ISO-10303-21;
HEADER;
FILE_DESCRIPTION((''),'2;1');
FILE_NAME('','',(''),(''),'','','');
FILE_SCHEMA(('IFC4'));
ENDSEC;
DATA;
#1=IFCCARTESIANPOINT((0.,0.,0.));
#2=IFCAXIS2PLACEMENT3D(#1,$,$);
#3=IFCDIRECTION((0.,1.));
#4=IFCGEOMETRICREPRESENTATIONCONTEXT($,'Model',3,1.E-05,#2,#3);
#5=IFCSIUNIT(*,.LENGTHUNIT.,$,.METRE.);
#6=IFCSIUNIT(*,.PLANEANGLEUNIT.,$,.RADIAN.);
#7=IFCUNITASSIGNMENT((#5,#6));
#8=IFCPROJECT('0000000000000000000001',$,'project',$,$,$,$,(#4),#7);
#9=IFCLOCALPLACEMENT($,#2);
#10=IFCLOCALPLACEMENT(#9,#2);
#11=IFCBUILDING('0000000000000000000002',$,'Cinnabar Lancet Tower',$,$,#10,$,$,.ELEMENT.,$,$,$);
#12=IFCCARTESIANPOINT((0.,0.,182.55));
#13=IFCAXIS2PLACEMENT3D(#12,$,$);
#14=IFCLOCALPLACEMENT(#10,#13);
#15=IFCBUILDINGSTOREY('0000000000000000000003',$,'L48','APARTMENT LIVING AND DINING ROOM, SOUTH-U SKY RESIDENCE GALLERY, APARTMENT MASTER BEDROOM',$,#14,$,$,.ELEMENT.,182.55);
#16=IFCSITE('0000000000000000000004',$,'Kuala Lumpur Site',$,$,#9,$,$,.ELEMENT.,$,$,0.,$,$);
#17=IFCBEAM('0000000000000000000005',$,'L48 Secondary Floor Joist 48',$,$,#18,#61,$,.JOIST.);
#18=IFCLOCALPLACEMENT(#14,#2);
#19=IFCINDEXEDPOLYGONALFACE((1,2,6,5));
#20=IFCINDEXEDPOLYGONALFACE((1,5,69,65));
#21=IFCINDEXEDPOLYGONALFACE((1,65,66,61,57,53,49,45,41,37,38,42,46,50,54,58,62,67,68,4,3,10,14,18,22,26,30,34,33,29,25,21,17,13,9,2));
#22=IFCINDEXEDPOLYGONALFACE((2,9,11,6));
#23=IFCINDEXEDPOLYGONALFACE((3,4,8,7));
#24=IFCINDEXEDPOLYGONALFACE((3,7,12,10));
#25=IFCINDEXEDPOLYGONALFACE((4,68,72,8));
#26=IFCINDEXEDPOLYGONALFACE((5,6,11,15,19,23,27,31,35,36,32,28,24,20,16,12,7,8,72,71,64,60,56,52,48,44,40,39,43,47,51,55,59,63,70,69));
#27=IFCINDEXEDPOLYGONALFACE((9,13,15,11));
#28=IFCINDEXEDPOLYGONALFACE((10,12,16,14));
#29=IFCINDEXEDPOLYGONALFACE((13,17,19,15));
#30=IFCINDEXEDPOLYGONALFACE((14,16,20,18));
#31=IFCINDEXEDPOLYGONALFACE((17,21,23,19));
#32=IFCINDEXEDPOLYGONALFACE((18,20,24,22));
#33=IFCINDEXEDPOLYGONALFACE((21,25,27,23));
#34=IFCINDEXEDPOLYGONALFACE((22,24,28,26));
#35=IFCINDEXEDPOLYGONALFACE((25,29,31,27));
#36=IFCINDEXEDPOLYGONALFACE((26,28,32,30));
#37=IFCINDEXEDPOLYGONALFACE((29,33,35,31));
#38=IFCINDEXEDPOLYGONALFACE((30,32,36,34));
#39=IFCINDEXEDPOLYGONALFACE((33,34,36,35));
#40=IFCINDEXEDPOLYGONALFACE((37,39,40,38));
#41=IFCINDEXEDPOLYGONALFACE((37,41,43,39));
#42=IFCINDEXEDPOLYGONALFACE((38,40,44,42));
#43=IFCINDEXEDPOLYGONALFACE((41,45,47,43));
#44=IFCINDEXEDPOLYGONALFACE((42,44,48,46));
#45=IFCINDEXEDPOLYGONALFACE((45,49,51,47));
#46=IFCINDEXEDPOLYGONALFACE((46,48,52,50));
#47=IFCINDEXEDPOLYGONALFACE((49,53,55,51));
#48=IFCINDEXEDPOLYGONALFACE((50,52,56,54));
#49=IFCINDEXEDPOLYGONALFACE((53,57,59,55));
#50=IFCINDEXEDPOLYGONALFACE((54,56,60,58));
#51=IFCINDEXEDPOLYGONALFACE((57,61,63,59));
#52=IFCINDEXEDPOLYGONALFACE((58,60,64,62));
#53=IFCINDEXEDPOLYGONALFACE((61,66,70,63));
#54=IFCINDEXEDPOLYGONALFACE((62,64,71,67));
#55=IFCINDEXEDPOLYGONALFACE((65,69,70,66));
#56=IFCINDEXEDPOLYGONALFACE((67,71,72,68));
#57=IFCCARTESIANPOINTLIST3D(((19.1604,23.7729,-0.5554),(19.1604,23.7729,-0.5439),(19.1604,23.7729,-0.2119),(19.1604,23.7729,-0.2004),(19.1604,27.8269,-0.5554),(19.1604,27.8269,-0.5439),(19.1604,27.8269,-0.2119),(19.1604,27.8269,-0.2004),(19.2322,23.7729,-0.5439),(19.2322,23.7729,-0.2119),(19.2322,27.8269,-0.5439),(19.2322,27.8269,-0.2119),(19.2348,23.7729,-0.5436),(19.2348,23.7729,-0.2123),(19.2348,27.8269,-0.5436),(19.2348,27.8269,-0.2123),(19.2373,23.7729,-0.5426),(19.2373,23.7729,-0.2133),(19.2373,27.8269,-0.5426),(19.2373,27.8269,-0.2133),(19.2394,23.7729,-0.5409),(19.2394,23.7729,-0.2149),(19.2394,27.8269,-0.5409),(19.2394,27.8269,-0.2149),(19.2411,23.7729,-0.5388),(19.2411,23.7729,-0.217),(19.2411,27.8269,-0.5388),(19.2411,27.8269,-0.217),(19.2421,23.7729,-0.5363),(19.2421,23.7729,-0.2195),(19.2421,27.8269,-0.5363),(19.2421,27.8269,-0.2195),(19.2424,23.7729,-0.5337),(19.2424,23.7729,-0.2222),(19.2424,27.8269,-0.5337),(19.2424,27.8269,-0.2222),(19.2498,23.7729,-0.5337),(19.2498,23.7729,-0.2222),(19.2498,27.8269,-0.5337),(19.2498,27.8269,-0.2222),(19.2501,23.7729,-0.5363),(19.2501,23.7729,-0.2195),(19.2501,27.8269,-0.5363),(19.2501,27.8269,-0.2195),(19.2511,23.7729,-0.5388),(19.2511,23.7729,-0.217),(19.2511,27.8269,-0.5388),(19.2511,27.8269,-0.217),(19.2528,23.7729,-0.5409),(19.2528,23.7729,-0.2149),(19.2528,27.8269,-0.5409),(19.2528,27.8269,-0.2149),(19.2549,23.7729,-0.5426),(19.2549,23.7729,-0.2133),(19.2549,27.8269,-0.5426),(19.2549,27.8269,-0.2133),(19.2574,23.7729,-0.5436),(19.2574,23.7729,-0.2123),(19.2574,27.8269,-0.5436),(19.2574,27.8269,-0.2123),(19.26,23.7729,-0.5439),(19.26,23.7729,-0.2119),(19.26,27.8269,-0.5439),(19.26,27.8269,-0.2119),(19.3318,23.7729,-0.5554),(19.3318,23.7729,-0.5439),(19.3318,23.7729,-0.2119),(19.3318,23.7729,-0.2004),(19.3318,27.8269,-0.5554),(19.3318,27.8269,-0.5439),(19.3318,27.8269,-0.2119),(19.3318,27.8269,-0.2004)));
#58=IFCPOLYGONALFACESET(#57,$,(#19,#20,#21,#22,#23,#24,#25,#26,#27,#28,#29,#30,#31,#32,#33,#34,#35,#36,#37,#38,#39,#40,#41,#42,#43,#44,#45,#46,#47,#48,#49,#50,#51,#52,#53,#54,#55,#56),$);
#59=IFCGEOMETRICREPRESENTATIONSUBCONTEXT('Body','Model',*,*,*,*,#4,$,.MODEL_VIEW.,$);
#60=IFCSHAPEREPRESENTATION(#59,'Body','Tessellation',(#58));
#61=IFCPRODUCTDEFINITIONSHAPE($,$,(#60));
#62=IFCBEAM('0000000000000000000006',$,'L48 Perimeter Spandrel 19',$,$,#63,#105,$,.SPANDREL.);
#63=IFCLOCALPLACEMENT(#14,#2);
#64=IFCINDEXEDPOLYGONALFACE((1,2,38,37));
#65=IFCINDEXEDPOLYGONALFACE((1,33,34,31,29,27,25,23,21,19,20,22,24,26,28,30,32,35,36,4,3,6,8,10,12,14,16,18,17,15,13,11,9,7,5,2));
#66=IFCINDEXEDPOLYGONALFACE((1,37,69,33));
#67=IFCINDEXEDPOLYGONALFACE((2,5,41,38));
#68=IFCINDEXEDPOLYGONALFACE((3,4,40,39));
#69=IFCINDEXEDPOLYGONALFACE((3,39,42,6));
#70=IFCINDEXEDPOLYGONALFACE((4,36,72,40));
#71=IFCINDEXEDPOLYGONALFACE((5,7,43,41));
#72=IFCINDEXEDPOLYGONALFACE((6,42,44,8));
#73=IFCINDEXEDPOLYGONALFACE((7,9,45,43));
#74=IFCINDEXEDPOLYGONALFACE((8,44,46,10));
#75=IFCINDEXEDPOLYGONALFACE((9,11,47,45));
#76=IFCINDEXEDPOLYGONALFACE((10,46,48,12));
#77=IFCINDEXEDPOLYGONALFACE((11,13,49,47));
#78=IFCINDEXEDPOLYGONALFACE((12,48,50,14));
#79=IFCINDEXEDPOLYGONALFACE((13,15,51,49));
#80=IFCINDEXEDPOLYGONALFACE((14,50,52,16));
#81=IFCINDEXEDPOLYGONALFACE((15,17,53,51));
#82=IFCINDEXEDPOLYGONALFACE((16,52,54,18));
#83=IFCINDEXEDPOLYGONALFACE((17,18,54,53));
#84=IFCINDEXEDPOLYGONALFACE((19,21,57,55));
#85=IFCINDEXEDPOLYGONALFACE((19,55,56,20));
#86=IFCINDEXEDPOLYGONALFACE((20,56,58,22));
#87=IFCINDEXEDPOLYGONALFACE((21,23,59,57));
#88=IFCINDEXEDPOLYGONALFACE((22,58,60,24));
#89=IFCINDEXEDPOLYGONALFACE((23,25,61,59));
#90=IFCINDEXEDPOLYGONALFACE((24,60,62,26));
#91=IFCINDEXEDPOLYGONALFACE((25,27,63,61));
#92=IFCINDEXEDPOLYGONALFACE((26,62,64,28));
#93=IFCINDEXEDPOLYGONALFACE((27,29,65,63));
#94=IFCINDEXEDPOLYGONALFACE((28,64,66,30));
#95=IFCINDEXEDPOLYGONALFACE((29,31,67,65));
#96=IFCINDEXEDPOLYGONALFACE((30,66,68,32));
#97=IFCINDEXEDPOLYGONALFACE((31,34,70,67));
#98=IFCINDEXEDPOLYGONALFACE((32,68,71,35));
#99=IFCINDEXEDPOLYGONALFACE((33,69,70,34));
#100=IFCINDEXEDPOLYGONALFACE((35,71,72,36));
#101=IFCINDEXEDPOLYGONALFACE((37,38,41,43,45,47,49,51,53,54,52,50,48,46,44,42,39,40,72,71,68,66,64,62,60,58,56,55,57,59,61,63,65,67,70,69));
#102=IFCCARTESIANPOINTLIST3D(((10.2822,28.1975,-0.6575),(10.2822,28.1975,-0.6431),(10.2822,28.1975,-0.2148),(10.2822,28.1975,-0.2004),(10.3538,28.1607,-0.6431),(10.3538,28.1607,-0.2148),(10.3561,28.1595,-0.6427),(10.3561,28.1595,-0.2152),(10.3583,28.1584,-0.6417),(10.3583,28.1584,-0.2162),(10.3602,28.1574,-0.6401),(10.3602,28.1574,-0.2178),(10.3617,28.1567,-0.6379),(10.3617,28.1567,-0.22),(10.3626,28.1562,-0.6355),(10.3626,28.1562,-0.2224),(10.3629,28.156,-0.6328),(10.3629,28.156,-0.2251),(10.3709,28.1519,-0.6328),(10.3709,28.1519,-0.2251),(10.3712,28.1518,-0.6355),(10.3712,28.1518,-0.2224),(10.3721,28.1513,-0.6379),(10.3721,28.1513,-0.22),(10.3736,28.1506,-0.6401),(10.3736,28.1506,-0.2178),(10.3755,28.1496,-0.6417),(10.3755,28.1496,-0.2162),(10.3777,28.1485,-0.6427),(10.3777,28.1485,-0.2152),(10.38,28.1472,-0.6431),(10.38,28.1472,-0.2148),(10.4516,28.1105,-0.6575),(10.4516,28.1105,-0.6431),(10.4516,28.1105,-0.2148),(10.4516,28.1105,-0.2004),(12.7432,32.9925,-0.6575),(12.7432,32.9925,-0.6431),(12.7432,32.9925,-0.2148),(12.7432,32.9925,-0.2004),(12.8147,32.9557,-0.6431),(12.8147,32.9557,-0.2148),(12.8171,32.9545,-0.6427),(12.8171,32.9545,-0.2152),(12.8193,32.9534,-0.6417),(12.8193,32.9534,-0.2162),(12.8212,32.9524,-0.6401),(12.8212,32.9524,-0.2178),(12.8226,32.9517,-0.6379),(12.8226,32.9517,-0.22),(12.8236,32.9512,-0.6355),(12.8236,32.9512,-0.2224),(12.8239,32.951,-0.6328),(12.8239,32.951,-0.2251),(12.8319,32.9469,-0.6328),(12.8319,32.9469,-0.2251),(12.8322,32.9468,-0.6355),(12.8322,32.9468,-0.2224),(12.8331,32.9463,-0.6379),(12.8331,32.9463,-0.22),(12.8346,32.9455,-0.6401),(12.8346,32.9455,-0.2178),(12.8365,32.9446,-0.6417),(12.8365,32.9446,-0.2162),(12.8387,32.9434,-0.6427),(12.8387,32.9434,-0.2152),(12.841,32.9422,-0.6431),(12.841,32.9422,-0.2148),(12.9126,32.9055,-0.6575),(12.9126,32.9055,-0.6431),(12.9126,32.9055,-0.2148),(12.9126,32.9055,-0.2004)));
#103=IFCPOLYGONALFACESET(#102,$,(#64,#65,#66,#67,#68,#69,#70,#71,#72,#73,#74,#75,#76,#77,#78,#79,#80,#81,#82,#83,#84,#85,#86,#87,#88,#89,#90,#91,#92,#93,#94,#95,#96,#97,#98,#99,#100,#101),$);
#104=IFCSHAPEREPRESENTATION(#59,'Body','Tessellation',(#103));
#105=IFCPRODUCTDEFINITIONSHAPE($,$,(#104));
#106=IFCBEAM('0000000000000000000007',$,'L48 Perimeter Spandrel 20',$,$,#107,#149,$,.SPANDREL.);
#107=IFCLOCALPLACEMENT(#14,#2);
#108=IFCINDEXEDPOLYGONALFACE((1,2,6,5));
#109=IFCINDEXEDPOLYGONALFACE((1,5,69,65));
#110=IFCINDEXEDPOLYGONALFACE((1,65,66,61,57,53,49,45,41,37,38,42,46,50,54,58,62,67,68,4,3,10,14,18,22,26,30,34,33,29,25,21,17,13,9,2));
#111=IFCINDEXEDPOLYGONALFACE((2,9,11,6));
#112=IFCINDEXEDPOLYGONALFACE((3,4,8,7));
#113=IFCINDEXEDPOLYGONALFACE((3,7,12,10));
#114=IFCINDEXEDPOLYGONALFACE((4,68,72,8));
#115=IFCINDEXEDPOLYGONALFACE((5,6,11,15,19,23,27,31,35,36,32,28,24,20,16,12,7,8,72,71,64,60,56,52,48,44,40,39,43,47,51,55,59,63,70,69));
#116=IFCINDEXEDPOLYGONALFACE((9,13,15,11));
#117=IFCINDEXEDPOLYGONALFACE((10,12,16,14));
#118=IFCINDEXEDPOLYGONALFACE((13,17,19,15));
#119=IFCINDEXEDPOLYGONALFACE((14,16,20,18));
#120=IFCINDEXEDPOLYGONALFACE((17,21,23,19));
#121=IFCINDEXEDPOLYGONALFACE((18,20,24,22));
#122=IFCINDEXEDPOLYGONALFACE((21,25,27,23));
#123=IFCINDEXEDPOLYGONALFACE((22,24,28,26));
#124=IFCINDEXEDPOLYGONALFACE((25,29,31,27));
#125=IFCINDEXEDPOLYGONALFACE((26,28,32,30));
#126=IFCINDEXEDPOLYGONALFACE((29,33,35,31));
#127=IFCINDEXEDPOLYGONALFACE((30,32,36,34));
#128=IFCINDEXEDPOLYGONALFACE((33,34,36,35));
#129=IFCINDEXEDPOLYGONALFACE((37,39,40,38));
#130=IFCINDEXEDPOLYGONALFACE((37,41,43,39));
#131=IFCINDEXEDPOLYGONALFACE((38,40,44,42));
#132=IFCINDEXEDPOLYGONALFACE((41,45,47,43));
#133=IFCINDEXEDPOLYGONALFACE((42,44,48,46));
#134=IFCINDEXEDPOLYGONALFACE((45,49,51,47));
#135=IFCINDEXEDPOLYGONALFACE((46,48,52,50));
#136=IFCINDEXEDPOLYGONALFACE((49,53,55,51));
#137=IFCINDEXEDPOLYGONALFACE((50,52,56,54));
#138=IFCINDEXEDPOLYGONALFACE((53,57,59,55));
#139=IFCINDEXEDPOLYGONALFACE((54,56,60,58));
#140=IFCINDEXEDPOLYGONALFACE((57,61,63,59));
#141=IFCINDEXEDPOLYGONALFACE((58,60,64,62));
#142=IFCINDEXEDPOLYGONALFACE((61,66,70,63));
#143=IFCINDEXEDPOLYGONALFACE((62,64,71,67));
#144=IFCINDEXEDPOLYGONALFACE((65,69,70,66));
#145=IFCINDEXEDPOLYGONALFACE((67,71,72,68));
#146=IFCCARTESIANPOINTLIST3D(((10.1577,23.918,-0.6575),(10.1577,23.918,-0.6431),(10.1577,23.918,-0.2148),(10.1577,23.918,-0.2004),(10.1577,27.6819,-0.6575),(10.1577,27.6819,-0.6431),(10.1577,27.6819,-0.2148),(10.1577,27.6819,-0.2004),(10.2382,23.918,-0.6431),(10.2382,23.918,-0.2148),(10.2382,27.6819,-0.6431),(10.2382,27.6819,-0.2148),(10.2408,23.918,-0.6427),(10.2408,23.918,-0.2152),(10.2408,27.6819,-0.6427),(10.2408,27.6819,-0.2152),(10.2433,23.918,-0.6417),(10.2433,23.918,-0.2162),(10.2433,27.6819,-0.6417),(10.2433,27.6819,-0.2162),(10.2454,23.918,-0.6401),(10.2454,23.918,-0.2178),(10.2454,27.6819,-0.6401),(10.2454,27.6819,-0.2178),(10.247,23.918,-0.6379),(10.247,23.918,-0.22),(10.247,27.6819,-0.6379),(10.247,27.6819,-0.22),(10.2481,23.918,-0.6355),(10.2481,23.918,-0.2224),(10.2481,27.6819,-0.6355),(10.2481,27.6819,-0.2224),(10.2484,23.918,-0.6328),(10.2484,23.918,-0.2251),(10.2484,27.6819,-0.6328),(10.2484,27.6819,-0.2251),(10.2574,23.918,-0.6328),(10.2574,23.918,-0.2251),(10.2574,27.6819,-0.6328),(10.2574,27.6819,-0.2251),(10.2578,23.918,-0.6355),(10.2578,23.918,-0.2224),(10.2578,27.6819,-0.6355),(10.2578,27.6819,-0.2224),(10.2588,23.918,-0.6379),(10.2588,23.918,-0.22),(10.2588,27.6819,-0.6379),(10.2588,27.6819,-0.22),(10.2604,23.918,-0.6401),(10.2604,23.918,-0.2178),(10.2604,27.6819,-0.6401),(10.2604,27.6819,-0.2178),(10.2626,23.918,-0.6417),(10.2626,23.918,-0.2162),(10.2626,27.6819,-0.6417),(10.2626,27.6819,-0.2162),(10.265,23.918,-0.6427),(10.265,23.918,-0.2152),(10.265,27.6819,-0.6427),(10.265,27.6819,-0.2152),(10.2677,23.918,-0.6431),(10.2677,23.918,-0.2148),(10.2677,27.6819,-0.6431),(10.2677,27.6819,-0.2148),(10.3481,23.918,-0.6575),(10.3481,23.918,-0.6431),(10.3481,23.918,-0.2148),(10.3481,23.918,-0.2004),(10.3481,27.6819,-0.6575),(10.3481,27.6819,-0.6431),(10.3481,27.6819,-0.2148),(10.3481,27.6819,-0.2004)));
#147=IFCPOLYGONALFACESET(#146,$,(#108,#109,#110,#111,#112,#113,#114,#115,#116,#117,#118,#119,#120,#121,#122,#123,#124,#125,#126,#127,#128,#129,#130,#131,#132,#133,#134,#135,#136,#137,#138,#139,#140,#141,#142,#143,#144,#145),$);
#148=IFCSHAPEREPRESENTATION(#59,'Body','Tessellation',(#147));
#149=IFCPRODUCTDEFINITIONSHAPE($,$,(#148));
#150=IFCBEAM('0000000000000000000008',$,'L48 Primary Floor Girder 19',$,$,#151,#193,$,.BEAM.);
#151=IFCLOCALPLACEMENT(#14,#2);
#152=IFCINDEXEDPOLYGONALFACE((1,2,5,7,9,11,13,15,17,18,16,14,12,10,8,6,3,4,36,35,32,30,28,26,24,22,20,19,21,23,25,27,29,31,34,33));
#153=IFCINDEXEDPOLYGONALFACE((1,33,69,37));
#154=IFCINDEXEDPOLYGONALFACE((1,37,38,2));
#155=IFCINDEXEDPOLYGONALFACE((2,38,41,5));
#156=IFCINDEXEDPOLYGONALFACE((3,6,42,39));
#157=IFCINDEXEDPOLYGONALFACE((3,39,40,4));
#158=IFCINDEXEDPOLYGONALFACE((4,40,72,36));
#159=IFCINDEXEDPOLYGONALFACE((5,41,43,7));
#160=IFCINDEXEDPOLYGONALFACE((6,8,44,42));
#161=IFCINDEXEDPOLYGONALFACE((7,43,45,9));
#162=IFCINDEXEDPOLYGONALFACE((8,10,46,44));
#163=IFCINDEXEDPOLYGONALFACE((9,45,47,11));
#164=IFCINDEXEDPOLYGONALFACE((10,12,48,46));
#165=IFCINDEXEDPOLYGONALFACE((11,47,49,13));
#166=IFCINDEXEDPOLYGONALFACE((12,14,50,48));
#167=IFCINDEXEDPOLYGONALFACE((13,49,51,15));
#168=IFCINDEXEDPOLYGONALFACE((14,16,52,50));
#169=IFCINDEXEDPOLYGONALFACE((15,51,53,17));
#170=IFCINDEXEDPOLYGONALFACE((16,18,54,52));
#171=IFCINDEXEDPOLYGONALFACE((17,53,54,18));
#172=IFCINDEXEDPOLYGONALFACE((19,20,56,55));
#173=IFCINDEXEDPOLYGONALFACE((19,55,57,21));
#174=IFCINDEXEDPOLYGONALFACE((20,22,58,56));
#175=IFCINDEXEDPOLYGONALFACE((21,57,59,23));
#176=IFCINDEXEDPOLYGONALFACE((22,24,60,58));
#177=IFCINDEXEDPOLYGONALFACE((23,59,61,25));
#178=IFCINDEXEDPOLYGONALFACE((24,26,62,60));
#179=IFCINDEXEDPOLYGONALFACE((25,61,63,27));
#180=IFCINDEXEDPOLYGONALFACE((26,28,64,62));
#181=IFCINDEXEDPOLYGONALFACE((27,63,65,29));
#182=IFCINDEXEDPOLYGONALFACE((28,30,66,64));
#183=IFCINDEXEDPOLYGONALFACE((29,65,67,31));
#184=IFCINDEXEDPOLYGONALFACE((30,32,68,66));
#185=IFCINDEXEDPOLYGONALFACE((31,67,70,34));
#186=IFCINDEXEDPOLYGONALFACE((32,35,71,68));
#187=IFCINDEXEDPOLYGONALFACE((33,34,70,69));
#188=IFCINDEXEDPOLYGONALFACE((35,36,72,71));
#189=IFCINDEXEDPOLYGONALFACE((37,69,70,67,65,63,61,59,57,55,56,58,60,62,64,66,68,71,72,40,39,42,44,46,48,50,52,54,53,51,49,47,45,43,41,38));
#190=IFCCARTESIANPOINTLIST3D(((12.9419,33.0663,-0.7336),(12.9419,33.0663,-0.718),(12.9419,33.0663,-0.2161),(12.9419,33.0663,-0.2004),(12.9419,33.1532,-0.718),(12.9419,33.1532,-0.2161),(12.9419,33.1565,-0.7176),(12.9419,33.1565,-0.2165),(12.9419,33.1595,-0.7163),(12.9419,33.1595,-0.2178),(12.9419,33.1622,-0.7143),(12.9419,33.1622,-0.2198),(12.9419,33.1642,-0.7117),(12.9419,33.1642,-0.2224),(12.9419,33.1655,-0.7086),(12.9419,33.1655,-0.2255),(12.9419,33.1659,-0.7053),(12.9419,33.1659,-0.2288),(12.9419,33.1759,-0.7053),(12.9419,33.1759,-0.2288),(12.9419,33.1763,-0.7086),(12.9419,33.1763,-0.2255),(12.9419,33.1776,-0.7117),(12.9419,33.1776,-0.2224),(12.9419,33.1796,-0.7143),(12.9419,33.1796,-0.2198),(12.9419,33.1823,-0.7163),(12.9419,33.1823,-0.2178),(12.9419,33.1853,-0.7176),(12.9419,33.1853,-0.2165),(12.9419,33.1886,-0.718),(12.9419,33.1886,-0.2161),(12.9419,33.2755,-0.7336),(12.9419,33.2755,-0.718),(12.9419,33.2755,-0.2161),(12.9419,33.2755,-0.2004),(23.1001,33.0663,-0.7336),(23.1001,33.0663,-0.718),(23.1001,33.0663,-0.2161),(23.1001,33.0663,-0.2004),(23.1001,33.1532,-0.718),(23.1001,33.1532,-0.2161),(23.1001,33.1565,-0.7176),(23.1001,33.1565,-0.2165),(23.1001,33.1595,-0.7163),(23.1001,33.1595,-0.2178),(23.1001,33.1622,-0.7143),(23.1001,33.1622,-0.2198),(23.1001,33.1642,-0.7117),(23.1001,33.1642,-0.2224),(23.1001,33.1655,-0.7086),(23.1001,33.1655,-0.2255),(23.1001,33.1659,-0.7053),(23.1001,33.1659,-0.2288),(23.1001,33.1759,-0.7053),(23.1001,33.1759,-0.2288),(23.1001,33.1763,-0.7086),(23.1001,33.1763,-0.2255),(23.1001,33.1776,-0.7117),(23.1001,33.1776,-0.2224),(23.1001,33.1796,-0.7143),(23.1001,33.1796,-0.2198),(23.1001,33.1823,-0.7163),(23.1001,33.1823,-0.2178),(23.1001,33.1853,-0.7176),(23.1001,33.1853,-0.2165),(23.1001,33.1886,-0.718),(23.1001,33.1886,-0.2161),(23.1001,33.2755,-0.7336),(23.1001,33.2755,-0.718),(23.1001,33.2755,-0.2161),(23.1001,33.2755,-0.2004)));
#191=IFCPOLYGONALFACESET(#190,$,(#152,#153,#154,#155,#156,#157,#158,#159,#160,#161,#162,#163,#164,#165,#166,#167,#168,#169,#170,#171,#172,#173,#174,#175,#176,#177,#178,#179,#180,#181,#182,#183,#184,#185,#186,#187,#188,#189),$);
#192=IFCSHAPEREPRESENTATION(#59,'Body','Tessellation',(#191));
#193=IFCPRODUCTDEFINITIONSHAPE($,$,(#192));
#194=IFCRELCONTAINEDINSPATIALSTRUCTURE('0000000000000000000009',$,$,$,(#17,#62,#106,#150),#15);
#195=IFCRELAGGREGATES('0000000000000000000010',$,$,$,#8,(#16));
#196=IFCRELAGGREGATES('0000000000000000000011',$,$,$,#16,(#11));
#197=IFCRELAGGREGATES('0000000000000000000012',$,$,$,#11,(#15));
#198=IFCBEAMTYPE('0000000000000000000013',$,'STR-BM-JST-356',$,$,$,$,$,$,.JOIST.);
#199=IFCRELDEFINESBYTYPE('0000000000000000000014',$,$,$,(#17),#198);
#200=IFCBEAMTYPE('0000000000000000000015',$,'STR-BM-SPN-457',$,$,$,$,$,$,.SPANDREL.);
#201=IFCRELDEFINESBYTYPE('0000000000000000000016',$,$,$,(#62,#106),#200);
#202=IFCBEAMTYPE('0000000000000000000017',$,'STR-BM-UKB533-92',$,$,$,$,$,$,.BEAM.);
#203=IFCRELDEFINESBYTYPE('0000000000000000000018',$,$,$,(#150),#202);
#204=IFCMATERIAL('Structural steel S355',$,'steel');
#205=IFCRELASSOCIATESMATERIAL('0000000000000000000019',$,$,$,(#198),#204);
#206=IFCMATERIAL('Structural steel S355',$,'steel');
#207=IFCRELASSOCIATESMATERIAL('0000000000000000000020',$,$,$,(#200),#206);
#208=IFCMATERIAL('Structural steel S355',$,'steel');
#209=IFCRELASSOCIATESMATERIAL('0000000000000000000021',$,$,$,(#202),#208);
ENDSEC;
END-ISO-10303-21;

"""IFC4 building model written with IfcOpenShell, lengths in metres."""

from ifc_helpers import new_model, si_unit, direction, frame, origin, origin_2d, place, context, subcontext, project, spatial, i_section, extrude, material, material_profile, profile_set, type_object, element, save


model = new_model("IFC4")

# Units and contexts
model_context = context("Model", 3, precision=1e-05, world=origin(), true_north=direction((0.0, 1.0)))
body_context = subcontext(model_context, "Body", "Model", "MODEL_VIEW")
ifc_project = project(units=[si_unit("LENGTHUNIT", "METRE"), si_unit("PLANEANGLEUNIT", "RADIAN")], contexts=[model_context])

# Site, building, storey
site_placement = place(None, origin())
site = spatial("IfcSite", under=ifc_project, at=site_placement, Name="Kuala Lumpur Site", CompositionType="ELEMENT", RefElevation=0.0)
building_placement = place(site_placement, origin())
building = spatial("IfcBuilding", under=site, at=building_placement, Name="Cinnabar Lancet Tower", CompositionType="ELEMENT")
storey_placement = place(building_placement, frame((0.0, 0.0, 182.55)))
storey = spatial("IfcBuildingStorey", under=building, at=storey_placement, Name="L48", Description="APARTMENT LIVING AND DINING ROOM, SOUTH-U SKY RESIDENCE GALLERY, APARTMENT MASTER BEDROOM", CompositionType="ELEMENT", Elevation=182.55)

# Beams
ifc_material_1 = material(Name="Structural steel S355", Category="steel")
ifc_material_profile_1 = material_profile(ifc_material_1, i_section(OverallWidth=0.1714, OverallDepth=0.355, WebThickness=0.0073, FlangeThickness=0.0115, FilletRadius=0.0103, at=origin_2d()), Name="UKB 356x171x51")
ifc_profile_set_1 = profile_set([ifc_material_profile_1], Name="Structural steel S355")
beam_type_1 = type_object("IfcBeamType", Name="STR-BM-JST-356", PredefinedType="JOIST", material=ifc_profile_set_1)
for number, where, z_axis, x_axis, name in (
    (1, (19.2461, 27.8269, -0.3779), (0.0, -1.0, 0.0), (1.0, 0.0, 0.0), "L48 Secondary Floor Joist 48"),
):
    element("IfcBeam", number, at=place(storey_placement, frame(where, z_axis=z_axis, x_axis=x_axis)), inside=storey, type_object=beam_type_1, Name=name, PredefinedType="JOIST", context=body_context, shape_type="SweptSolid", body=[
        extrude(i_section(OverallWidth=0.1714, OverallDepth=0.355, WebThickness=0.0073, FlangeThickness=0.0115, FilletRadius=0.0103, at=origin_2d()), origin(), (0.0, 0.0, 1.0), 4.054),
    ])
ifc_material_2 = material(Name="Structural steel S355", Category="steel")
ifc_material_profile_2 = material_profile(ifc_material_2, i_section(OverallWidth=0.1904, OverallDepth=0.457, WebThickness=0.009, FlangeThickness=0.0144, FilletRadius=0.0103, at=origin_2d()), Name="UKB 457x191x74")
ifc_profile_set_2 = profile_set([ifc_material_profile_2], Name="Structural steel S355")
beam_type_2 = type_object("IfcBeamType", Name="STR-BM-SPN-457", PredefinedType="SPANDREL", material=ifc_profile_set_2)
beam_1_placement = place(storey_placement, frame((12.8279, 32.949, -0.429), z_axis=(-0.456611, -0.889666, 0.0), x_axis=(0.889666, -0.456611, 0.0)))
element("IfcBeam", 2, at=beam_1_placement, inside=storey, type_object=beam_type_2, Name="L48 Perimeter Spandrel 19", PredefinedType="SPANDREL", context=body_context, shape_type="SweptSolid", body=[
    extrude(i_section(OverallWidth=0.1904, OverallDepth=0.457, WebThickness=0.009, FlangeThickness=0.0144, FilletRadius=0.0103, at=origin_2d()), origin(), (0.0, 0.0, 1.0), 5.3896),
])
beam_2_placement = place(storey_placement, frame((10.2529, 27.6819, -0.429), z_axis=(0.0, -1.0, 0.0), x_axis=(1.0, 0.0, 0.0)))
element("IfcBeam", 3, at=beam_2_placement, inside=storey, type_object=beam_type_2, Name="L48 Perimeter Spandrel 20", PredefinedType="SPANDREL", context=body_context, shape_type="SweptSolid", body=[
    extrude(i_section(OverallWidth=0.1904, OverallDepth=0.457, WebThickness=0.009, FlangeThickness=0.0144, FilletRadius=0.0103, at=origin_2d()), origin(), (0.0, 0.0, 1.0), 3.7639),
])
ifc_material_3 = material(Name="Structural steel S355", Category="steel")
ifc_material_profile_3 = material_profile(ifc_material_3, i_section(OverallWidth=0.2092, OverallDepth=0.5332, WebThickness=0.01, FlangeThickness=0.0156, FilletRadius=0.0127, at=origin_2d()), Name="UKB 533x210x92")
ifc_profile_set_3 = profile_set([ifc_material_profile_3], Name="Structural steel S355")
beam_type_3 = type_object("IfcBeamType", Name="STR-BM-UKB533-92", PredefinedType="BEAM", material=ifc_profile_set_3)
beam_3_placement = place(storey_placement, frame((12.9419, 33.1709, -0.467), z_axis=(1.0, 0.0, 0.0), x_axis=(0.0, 1.0, 0.0)))
element("IfcBeam", 4, at=beam_3_placement, inside=storey, type_object=beam_type_3, Name="L48 Primary Floor Girder 19", PredefinedType="BEAM", context=body_context, shape_type="SweptSolid", body=[
    extrude(i_section(OverallWidth=0.2092, OverallDepth=0.5332, WebThickness=0.01, FlangeThickness=0.0156, FilletRadius=0.0127, at=origin_2d()), origin(), (0.0, 0.0, 1.0), 10.1582),
])

save(model, "model.ifc")
